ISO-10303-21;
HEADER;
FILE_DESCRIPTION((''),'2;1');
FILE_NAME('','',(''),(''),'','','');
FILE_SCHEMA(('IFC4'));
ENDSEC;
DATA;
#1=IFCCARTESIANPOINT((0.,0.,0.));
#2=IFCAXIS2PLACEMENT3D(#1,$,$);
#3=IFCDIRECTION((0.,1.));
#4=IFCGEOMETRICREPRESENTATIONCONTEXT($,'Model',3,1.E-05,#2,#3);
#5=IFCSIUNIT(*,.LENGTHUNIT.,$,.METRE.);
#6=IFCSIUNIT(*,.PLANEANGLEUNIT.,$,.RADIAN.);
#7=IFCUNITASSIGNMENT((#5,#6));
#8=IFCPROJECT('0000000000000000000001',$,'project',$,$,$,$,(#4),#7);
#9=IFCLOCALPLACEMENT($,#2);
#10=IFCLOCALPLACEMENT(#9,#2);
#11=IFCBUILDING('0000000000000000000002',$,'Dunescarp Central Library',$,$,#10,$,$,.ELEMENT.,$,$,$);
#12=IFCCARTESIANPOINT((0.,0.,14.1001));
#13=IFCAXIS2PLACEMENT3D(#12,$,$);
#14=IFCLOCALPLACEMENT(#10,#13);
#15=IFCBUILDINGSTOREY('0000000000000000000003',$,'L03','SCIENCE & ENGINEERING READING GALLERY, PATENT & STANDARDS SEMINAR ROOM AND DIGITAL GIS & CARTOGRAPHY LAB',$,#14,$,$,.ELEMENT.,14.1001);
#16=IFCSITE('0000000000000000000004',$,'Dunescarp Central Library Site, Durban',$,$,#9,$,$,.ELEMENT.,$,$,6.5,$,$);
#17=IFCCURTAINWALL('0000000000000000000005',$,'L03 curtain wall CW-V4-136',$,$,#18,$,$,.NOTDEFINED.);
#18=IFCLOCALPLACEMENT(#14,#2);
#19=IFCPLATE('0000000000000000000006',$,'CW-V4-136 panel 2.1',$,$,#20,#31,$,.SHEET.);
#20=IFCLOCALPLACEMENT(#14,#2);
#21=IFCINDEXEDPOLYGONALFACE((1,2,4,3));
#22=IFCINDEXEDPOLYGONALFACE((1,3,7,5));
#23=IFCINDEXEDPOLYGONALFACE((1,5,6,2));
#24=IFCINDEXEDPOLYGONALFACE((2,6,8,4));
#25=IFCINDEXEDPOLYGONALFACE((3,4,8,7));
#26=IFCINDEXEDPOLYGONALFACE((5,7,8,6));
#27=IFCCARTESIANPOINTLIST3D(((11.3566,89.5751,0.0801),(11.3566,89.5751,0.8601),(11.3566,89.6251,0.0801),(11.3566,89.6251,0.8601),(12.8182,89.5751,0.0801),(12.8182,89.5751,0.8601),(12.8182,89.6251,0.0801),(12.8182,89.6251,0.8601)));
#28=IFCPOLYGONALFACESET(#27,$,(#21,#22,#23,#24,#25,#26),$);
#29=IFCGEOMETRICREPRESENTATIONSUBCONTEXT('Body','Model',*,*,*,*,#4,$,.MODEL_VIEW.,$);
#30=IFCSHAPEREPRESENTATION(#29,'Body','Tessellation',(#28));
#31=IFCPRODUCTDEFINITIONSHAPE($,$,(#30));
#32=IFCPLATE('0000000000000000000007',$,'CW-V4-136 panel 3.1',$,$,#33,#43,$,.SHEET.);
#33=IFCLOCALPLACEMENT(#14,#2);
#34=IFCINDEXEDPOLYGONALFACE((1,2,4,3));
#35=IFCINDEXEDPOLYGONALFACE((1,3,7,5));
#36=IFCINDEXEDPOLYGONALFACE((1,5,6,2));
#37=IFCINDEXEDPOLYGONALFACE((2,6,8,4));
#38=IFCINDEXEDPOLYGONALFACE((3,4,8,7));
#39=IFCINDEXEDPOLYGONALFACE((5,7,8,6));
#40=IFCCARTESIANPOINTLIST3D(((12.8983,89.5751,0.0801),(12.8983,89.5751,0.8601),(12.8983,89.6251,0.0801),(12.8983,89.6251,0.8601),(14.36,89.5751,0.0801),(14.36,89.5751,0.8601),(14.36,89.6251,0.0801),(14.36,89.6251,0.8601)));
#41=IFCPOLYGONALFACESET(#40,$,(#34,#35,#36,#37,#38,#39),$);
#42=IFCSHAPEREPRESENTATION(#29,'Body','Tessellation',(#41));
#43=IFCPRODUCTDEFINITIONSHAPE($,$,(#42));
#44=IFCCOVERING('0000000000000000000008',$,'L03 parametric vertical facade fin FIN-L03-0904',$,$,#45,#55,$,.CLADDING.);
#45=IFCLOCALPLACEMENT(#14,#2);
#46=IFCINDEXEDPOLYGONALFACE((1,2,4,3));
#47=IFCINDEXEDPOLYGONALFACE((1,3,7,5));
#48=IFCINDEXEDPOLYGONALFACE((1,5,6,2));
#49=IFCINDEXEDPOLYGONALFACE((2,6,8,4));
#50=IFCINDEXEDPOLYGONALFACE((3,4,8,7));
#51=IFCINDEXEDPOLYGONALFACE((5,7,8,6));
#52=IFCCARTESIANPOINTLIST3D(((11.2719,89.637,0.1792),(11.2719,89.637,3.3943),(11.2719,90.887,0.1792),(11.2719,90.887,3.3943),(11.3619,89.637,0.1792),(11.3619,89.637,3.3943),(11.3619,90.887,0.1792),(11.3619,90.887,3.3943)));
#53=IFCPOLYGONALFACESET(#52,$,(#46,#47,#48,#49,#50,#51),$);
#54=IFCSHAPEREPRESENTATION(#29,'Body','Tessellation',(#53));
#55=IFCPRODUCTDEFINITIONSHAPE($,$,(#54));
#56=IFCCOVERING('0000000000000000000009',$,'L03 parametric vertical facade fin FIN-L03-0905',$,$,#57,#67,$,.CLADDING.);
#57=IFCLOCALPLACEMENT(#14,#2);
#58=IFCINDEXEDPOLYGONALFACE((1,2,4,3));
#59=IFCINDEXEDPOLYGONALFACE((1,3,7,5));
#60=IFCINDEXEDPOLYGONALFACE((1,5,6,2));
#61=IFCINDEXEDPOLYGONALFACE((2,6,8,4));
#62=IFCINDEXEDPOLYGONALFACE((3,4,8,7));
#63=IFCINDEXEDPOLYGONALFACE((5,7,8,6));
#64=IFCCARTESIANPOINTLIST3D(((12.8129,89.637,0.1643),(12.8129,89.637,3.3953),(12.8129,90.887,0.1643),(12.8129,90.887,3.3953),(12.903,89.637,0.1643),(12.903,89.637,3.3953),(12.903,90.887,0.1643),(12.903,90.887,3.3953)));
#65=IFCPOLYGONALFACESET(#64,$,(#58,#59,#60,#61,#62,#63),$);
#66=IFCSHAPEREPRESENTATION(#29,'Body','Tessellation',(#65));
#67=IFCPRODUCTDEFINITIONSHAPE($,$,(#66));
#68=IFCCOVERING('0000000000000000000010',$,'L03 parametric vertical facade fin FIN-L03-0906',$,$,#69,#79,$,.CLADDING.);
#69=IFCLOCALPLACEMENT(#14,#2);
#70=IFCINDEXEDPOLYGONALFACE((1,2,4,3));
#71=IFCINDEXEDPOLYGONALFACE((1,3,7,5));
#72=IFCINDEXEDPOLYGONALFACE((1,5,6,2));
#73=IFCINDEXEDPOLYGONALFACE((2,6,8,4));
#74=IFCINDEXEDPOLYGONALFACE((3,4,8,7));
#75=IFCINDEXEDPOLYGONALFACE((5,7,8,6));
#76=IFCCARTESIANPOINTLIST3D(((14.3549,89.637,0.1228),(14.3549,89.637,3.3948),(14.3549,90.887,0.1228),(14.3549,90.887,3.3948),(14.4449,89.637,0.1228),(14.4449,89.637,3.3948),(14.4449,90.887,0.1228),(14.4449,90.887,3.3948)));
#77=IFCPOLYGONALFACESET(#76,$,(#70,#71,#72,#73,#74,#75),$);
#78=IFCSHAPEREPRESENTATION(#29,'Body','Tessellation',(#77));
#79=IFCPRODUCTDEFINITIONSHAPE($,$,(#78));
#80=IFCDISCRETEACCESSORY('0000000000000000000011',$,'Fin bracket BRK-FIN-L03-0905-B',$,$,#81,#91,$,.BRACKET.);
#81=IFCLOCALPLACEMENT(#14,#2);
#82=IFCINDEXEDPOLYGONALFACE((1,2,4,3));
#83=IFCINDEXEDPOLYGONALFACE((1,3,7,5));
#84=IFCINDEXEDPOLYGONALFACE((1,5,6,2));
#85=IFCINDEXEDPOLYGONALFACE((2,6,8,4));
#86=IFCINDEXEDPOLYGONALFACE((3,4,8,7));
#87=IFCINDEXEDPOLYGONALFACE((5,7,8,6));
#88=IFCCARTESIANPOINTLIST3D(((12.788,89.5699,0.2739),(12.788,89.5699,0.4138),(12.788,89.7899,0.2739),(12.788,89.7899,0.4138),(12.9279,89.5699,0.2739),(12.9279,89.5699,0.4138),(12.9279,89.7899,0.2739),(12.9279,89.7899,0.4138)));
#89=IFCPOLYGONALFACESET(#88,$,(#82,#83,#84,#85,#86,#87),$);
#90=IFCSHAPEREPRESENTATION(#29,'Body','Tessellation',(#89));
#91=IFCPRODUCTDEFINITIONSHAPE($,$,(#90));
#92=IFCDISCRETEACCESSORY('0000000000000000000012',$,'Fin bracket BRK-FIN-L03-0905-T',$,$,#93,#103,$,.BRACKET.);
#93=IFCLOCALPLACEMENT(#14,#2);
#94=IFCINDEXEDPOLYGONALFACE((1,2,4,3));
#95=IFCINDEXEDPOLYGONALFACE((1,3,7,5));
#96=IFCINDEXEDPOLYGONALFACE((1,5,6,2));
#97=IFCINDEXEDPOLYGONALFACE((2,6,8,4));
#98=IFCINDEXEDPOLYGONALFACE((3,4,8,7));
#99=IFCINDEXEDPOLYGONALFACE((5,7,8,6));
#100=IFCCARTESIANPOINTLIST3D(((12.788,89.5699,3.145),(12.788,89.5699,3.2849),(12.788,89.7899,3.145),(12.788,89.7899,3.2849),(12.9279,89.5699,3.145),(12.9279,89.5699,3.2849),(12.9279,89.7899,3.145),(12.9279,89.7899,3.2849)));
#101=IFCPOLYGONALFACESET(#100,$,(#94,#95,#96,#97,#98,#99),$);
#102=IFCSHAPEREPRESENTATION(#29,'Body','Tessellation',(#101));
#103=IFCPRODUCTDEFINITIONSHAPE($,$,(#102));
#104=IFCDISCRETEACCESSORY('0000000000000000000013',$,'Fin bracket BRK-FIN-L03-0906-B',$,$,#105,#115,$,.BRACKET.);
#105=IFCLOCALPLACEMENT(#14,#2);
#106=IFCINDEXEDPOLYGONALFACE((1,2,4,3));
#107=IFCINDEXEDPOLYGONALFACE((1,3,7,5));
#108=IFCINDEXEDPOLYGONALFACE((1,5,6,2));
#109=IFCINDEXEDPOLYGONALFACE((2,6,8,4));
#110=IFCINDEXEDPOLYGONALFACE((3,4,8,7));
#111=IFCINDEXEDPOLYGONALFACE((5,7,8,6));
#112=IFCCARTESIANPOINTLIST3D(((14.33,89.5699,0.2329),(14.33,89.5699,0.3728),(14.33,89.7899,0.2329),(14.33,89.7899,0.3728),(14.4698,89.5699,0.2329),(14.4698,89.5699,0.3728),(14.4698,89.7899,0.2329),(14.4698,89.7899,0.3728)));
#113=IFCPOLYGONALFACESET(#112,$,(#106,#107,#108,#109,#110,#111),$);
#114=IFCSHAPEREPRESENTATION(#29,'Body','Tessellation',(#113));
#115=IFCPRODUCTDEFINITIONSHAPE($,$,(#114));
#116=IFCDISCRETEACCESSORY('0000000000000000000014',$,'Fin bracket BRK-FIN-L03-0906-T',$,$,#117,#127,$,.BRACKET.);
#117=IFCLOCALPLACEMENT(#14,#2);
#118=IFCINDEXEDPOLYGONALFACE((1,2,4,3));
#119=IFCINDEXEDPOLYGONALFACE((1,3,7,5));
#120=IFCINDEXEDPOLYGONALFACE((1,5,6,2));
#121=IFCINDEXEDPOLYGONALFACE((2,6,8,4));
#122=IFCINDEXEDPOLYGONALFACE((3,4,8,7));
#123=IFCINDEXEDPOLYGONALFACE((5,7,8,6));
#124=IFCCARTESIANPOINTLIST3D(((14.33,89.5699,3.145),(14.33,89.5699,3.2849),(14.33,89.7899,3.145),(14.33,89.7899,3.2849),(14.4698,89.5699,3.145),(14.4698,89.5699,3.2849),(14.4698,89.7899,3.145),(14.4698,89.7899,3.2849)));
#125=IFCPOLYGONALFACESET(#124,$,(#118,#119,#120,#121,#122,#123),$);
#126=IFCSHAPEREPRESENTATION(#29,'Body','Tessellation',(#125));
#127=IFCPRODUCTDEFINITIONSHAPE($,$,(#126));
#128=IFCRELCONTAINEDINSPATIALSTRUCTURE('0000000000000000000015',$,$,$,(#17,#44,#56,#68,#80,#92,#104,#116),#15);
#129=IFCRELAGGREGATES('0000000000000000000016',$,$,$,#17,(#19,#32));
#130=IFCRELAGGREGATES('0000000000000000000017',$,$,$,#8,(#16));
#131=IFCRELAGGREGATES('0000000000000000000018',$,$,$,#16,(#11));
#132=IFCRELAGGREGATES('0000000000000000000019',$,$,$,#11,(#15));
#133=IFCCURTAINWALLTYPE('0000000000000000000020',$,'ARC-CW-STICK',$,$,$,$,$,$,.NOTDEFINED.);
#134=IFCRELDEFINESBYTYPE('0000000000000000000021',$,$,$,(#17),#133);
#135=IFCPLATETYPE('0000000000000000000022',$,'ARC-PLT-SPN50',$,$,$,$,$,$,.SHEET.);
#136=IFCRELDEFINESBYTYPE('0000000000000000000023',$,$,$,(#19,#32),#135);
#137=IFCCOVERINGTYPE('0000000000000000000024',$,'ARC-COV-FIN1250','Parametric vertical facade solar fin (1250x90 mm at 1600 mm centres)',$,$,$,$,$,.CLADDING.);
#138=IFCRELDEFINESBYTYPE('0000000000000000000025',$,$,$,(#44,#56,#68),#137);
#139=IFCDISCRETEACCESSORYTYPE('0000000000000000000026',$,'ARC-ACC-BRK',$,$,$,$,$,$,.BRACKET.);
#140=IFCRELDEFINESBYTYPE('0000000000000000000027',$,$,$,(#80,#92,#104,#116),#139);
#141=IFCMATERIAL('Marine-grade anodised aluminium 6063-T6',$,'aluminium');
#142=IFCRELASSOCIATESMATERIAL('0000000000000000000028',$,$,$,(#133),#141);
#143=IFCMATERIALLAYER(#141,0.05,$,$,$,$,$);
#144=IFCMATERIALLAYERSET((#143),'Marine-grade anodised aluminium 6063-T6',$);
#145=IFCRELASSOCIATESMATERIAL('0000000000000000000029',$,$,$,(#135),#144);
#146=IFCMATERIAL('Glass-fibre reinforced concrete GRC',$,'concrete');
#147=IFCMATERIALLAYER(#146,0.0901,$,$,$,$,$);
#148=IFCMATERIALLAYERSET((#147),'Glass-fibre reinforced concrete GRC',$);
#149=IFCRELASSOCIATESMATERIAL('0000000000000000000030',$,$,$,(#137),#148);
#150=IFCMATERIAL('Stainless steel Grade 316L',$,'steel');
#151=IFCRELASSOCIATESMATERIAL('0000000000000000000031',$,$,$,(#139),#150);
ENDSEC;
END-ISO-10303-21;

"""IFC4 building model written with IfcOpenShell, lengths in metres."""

from ifc_helpers import new_model, si_unit, direction, frame, origin, origin_2d, place, context, subcontext, project, spatial, rectangle, extrude, material, layer, layer_set, type_object, element, aggregate, save


model = new_model("IFC4")

# Units and contexts
model_context = context("Model", 3, precision=1e-05, world=origin(), true_north=direction((0.0, 1.0)))
body_context = subcontext(model_context, "Body", "Model", "MODEL_VIEW")
ifc_project = project(units=[si_unit("LENGTHUNIT", "METRE"), si_unit("PLANEANGLEUNIT", "RADIAN")], contexts=[model_context])

# Site, building, storey
site_placement = place(None, origin())
site = spatial("IfcSite", under=ifc_project, at=site_placement, Name="Dunescarp Central Library Site, Durban", CompositionType="ELEMENT", RefElevation=6.5)
building_placement = place(site_placement, origin())
building = spatial("IfcBuilding", under=site, at=building_placement, Name="Dunescarp Central Library", CompositionType="ELEMENT")
storey_placement = place(building_placement, frame((0.0, 0.0, 14.1001)))
storey = spatial("IfcBuildingStorey", under=building, at=storey_placement, Name="L03", Description="SCIENCE & ENGINEERING READING GALLERY, PATENT & STANDARDS SEMINAR ROOM AND DIGITAL GIS & CARTOGRAPHY LAB", CompositionType="ELEMENT", Elevation=14.1001)

# Curtain wall
ifc_material_1 = material(Name="Marine-grade anodised aluminium 6063-T6", Category="aluminium")
curtain_wall_type = type_object("IfcCurtainWallType", Name="ARC-CW-STICK", PredefinedType="NOTDEFINED", material=ifc_material_1)
curtain_wall_placement = place(storey_placement, origin())
curtain_wall = element("IfcCurtainWall", 1, at=curtain_wall_placement, inside=storey, type_object=curtain_wall_type, Name="L03 curtain wall CW-V4-136", PredefinedType="NOTDEFINED")

# Plates
ifc_layer_1 = layer(ifc_material_1, 0.05)
ifc_layer_set_1 = layer_set([ifc_layer_1], Name="Marine-grade anodised aluminium 6063-T6")
plate_type_1 = type_object("IfcPlateType", Name="ARC-PLT-SPN50", PredefinedType="SHEET", material=ifc_layer_set_1)
plate_1_placement = place(storey_placement, frame((12.0874, 89.6001, 0.0801), z_axis=(0.0, 0.0, 1.0), x_axis=(1.0, 0.0, 0.0)))
plate_1 = element("IfcPlate", 2, at=plate_1_placement, type_object=plate_type_1, Name="CW-V4-136 panel 2.1", PredefinedType="SHEET", context=body_context, shape_type="SweptSolid", body=[
    extrude(rectangle(XDim=1.4617, YDim=0.05, at=origin_2d()), origin(), (0.0, 0.0, 1.0), 0.78),
])
plate_2_placement = place(storey_placement, frame((13.6292, 89.6001, 0.0801), z_axis=(0.0, 0.0, 1.0), x_axis=(1.0, 0.0, 0.0)))
plate_2 = element("IfcPlate", 3, at=plate_2_placement, type_object=plate_type_1, Name="CW-V4-136 panel 3.1", PredefinedType="SHEET", context=body_context, shape_type="SweptSolid", body=[
    extrude(rectangle(XDim=1.4617, YDim=0.05, at=origin_2d()), origin(), (0.0, 0.0, 1.0), 0.78),
])
aggregate(curtain_wall, [plate_1, plate_2])

# Coverings
ifc_material_2 = material(Name="Glass-fibre reinforced concrete GRC", Category="concrete")
ifc_layer_2 = layer(ifc_material_2, 0.0901)
ifc_layer_set_2 = layer_set([ifc_layer_2], Name="Glass-fibre reinforced concrete GRC")
covering_type = type_object("IfcCoveringType", Name="ARC-COV-FIN1250", Description="Parametric vertical facade solar fin (1250x90 mm at 1600 mm centres)", PredefinedType="CLADDING", material=ifc_layer_set_2)
covering_1_placement = place(storey_placement, frame((11.3169, 90.262, 0.1792), z_axis=(0.0, 0.0, 1.0), x_axis=(0.0, 1.0, 0.0)))
element("IfcCovering", 4, at=covering_1_placement, inside=storey, type_object=covering_type, Name="L03 parametric vertical facade fin FIN-L03-0904", PredefinedType="CLADDING", context=body_context, shape_type="SweptSolid", body=[
    extrude(rectangle(XDim=1.25, YDim=0.0901, at=origin_2d()), origin(), (0.0, 0.0, 1.0), 3.2151),
])
covering_2_placement = place(storey_placement, frame((12.8579, 90.262, 0.1643), z_axis=(0.0, 0.0, 1.0), x_axis=(0.0, 1.0, 0.0)))
element("IfcCovering", 5, at=covering_2_placement, inside=storey, type_object=covering_type, Name="L03 parametric vertical facade fin FIN-L03-0905", PredefinedType="CLADDING", context=body_context, shape_type="SweptSolid", body=[
    extrude(rectangle(XDim=1.25, YDim=0.0901, at=origin_2d()), origin(), (0.0, 0.0, 1.0), 3.231),
])
covering_3_placement = place(storey_placement, frame((14.3999, 90.262, 0.1228), z_axis=(0.0, 0.0, 1.0), x_axis=(0.0, 1.0, 0.0)))
element("IfcCovering", 6, at=covering_3_placement, inside=storey, type_object=covering_type, Name="L03 parametric vertical facade fin FIN-L03-0906", PredefinedType="CLADDING", context=body_context, shape_type="SweptSolid", body=[
    extrude(rectangle(XDim=1.25, YDim=0.0901, at=origin_2d()), origin(), (0.0, 0.0, 1.0), 3.272),
])

# Discrete accessories
ifc_material_3 = material(Name="Stainless steel Grade 316L", Category="steel")
discrete_accessory_type = type_object("IfcDiscreteAccessoryType", Name="ARC-ACC-BRK", PredefinedType="BRACKET", material=ifc_material_3)
for number, where, z_axis, x_axis, name in (
    (7, (12.8579, 89.6799, 0.2739), (0.0, 0.0, 1.0), (0.0, 1.0, 0.0), "Fin bracket BRK-FIN-L03-0905-B"),
    (8, (12.8579, 89.6799, 3.145), (0.0, 0.0, 1.0), (0.0, 1.0, 0.0), "Fin bracket BRK-FIN-L03-0905-T"),
    (9, (14.3999, 89.6799, 0.2329), (0.0, 0.0, 1.0), (0.0, 1.0, 0.0), "Fin bracket BRK-FIN-L03-0906-B"),
    (10, (14.3999, 89.6799, 3.145), (0.0, 0.0, 1.0), (0.0, 1.0, 0.0), "Fin bracket BRK-FIN-L03-0906-T"),
):
    element("IfcDiscreteAccessory", number, at=place(storey_placement, frame(where, z_axis=z_axis, x_axis=x_axis)), inside=storey, type_object=discrete_accessory_type, Name=name, PredefinedType="BRACKET", context=body_context, shape_type="SweptSolid", body=[
        extrude(rectangle(XDim=0.22, YDim=0.1399, at=origin_2d()), origin(), (0.0, 0.0, 1.0), 0.1399),
    ])

save(model, "model.ifc")
